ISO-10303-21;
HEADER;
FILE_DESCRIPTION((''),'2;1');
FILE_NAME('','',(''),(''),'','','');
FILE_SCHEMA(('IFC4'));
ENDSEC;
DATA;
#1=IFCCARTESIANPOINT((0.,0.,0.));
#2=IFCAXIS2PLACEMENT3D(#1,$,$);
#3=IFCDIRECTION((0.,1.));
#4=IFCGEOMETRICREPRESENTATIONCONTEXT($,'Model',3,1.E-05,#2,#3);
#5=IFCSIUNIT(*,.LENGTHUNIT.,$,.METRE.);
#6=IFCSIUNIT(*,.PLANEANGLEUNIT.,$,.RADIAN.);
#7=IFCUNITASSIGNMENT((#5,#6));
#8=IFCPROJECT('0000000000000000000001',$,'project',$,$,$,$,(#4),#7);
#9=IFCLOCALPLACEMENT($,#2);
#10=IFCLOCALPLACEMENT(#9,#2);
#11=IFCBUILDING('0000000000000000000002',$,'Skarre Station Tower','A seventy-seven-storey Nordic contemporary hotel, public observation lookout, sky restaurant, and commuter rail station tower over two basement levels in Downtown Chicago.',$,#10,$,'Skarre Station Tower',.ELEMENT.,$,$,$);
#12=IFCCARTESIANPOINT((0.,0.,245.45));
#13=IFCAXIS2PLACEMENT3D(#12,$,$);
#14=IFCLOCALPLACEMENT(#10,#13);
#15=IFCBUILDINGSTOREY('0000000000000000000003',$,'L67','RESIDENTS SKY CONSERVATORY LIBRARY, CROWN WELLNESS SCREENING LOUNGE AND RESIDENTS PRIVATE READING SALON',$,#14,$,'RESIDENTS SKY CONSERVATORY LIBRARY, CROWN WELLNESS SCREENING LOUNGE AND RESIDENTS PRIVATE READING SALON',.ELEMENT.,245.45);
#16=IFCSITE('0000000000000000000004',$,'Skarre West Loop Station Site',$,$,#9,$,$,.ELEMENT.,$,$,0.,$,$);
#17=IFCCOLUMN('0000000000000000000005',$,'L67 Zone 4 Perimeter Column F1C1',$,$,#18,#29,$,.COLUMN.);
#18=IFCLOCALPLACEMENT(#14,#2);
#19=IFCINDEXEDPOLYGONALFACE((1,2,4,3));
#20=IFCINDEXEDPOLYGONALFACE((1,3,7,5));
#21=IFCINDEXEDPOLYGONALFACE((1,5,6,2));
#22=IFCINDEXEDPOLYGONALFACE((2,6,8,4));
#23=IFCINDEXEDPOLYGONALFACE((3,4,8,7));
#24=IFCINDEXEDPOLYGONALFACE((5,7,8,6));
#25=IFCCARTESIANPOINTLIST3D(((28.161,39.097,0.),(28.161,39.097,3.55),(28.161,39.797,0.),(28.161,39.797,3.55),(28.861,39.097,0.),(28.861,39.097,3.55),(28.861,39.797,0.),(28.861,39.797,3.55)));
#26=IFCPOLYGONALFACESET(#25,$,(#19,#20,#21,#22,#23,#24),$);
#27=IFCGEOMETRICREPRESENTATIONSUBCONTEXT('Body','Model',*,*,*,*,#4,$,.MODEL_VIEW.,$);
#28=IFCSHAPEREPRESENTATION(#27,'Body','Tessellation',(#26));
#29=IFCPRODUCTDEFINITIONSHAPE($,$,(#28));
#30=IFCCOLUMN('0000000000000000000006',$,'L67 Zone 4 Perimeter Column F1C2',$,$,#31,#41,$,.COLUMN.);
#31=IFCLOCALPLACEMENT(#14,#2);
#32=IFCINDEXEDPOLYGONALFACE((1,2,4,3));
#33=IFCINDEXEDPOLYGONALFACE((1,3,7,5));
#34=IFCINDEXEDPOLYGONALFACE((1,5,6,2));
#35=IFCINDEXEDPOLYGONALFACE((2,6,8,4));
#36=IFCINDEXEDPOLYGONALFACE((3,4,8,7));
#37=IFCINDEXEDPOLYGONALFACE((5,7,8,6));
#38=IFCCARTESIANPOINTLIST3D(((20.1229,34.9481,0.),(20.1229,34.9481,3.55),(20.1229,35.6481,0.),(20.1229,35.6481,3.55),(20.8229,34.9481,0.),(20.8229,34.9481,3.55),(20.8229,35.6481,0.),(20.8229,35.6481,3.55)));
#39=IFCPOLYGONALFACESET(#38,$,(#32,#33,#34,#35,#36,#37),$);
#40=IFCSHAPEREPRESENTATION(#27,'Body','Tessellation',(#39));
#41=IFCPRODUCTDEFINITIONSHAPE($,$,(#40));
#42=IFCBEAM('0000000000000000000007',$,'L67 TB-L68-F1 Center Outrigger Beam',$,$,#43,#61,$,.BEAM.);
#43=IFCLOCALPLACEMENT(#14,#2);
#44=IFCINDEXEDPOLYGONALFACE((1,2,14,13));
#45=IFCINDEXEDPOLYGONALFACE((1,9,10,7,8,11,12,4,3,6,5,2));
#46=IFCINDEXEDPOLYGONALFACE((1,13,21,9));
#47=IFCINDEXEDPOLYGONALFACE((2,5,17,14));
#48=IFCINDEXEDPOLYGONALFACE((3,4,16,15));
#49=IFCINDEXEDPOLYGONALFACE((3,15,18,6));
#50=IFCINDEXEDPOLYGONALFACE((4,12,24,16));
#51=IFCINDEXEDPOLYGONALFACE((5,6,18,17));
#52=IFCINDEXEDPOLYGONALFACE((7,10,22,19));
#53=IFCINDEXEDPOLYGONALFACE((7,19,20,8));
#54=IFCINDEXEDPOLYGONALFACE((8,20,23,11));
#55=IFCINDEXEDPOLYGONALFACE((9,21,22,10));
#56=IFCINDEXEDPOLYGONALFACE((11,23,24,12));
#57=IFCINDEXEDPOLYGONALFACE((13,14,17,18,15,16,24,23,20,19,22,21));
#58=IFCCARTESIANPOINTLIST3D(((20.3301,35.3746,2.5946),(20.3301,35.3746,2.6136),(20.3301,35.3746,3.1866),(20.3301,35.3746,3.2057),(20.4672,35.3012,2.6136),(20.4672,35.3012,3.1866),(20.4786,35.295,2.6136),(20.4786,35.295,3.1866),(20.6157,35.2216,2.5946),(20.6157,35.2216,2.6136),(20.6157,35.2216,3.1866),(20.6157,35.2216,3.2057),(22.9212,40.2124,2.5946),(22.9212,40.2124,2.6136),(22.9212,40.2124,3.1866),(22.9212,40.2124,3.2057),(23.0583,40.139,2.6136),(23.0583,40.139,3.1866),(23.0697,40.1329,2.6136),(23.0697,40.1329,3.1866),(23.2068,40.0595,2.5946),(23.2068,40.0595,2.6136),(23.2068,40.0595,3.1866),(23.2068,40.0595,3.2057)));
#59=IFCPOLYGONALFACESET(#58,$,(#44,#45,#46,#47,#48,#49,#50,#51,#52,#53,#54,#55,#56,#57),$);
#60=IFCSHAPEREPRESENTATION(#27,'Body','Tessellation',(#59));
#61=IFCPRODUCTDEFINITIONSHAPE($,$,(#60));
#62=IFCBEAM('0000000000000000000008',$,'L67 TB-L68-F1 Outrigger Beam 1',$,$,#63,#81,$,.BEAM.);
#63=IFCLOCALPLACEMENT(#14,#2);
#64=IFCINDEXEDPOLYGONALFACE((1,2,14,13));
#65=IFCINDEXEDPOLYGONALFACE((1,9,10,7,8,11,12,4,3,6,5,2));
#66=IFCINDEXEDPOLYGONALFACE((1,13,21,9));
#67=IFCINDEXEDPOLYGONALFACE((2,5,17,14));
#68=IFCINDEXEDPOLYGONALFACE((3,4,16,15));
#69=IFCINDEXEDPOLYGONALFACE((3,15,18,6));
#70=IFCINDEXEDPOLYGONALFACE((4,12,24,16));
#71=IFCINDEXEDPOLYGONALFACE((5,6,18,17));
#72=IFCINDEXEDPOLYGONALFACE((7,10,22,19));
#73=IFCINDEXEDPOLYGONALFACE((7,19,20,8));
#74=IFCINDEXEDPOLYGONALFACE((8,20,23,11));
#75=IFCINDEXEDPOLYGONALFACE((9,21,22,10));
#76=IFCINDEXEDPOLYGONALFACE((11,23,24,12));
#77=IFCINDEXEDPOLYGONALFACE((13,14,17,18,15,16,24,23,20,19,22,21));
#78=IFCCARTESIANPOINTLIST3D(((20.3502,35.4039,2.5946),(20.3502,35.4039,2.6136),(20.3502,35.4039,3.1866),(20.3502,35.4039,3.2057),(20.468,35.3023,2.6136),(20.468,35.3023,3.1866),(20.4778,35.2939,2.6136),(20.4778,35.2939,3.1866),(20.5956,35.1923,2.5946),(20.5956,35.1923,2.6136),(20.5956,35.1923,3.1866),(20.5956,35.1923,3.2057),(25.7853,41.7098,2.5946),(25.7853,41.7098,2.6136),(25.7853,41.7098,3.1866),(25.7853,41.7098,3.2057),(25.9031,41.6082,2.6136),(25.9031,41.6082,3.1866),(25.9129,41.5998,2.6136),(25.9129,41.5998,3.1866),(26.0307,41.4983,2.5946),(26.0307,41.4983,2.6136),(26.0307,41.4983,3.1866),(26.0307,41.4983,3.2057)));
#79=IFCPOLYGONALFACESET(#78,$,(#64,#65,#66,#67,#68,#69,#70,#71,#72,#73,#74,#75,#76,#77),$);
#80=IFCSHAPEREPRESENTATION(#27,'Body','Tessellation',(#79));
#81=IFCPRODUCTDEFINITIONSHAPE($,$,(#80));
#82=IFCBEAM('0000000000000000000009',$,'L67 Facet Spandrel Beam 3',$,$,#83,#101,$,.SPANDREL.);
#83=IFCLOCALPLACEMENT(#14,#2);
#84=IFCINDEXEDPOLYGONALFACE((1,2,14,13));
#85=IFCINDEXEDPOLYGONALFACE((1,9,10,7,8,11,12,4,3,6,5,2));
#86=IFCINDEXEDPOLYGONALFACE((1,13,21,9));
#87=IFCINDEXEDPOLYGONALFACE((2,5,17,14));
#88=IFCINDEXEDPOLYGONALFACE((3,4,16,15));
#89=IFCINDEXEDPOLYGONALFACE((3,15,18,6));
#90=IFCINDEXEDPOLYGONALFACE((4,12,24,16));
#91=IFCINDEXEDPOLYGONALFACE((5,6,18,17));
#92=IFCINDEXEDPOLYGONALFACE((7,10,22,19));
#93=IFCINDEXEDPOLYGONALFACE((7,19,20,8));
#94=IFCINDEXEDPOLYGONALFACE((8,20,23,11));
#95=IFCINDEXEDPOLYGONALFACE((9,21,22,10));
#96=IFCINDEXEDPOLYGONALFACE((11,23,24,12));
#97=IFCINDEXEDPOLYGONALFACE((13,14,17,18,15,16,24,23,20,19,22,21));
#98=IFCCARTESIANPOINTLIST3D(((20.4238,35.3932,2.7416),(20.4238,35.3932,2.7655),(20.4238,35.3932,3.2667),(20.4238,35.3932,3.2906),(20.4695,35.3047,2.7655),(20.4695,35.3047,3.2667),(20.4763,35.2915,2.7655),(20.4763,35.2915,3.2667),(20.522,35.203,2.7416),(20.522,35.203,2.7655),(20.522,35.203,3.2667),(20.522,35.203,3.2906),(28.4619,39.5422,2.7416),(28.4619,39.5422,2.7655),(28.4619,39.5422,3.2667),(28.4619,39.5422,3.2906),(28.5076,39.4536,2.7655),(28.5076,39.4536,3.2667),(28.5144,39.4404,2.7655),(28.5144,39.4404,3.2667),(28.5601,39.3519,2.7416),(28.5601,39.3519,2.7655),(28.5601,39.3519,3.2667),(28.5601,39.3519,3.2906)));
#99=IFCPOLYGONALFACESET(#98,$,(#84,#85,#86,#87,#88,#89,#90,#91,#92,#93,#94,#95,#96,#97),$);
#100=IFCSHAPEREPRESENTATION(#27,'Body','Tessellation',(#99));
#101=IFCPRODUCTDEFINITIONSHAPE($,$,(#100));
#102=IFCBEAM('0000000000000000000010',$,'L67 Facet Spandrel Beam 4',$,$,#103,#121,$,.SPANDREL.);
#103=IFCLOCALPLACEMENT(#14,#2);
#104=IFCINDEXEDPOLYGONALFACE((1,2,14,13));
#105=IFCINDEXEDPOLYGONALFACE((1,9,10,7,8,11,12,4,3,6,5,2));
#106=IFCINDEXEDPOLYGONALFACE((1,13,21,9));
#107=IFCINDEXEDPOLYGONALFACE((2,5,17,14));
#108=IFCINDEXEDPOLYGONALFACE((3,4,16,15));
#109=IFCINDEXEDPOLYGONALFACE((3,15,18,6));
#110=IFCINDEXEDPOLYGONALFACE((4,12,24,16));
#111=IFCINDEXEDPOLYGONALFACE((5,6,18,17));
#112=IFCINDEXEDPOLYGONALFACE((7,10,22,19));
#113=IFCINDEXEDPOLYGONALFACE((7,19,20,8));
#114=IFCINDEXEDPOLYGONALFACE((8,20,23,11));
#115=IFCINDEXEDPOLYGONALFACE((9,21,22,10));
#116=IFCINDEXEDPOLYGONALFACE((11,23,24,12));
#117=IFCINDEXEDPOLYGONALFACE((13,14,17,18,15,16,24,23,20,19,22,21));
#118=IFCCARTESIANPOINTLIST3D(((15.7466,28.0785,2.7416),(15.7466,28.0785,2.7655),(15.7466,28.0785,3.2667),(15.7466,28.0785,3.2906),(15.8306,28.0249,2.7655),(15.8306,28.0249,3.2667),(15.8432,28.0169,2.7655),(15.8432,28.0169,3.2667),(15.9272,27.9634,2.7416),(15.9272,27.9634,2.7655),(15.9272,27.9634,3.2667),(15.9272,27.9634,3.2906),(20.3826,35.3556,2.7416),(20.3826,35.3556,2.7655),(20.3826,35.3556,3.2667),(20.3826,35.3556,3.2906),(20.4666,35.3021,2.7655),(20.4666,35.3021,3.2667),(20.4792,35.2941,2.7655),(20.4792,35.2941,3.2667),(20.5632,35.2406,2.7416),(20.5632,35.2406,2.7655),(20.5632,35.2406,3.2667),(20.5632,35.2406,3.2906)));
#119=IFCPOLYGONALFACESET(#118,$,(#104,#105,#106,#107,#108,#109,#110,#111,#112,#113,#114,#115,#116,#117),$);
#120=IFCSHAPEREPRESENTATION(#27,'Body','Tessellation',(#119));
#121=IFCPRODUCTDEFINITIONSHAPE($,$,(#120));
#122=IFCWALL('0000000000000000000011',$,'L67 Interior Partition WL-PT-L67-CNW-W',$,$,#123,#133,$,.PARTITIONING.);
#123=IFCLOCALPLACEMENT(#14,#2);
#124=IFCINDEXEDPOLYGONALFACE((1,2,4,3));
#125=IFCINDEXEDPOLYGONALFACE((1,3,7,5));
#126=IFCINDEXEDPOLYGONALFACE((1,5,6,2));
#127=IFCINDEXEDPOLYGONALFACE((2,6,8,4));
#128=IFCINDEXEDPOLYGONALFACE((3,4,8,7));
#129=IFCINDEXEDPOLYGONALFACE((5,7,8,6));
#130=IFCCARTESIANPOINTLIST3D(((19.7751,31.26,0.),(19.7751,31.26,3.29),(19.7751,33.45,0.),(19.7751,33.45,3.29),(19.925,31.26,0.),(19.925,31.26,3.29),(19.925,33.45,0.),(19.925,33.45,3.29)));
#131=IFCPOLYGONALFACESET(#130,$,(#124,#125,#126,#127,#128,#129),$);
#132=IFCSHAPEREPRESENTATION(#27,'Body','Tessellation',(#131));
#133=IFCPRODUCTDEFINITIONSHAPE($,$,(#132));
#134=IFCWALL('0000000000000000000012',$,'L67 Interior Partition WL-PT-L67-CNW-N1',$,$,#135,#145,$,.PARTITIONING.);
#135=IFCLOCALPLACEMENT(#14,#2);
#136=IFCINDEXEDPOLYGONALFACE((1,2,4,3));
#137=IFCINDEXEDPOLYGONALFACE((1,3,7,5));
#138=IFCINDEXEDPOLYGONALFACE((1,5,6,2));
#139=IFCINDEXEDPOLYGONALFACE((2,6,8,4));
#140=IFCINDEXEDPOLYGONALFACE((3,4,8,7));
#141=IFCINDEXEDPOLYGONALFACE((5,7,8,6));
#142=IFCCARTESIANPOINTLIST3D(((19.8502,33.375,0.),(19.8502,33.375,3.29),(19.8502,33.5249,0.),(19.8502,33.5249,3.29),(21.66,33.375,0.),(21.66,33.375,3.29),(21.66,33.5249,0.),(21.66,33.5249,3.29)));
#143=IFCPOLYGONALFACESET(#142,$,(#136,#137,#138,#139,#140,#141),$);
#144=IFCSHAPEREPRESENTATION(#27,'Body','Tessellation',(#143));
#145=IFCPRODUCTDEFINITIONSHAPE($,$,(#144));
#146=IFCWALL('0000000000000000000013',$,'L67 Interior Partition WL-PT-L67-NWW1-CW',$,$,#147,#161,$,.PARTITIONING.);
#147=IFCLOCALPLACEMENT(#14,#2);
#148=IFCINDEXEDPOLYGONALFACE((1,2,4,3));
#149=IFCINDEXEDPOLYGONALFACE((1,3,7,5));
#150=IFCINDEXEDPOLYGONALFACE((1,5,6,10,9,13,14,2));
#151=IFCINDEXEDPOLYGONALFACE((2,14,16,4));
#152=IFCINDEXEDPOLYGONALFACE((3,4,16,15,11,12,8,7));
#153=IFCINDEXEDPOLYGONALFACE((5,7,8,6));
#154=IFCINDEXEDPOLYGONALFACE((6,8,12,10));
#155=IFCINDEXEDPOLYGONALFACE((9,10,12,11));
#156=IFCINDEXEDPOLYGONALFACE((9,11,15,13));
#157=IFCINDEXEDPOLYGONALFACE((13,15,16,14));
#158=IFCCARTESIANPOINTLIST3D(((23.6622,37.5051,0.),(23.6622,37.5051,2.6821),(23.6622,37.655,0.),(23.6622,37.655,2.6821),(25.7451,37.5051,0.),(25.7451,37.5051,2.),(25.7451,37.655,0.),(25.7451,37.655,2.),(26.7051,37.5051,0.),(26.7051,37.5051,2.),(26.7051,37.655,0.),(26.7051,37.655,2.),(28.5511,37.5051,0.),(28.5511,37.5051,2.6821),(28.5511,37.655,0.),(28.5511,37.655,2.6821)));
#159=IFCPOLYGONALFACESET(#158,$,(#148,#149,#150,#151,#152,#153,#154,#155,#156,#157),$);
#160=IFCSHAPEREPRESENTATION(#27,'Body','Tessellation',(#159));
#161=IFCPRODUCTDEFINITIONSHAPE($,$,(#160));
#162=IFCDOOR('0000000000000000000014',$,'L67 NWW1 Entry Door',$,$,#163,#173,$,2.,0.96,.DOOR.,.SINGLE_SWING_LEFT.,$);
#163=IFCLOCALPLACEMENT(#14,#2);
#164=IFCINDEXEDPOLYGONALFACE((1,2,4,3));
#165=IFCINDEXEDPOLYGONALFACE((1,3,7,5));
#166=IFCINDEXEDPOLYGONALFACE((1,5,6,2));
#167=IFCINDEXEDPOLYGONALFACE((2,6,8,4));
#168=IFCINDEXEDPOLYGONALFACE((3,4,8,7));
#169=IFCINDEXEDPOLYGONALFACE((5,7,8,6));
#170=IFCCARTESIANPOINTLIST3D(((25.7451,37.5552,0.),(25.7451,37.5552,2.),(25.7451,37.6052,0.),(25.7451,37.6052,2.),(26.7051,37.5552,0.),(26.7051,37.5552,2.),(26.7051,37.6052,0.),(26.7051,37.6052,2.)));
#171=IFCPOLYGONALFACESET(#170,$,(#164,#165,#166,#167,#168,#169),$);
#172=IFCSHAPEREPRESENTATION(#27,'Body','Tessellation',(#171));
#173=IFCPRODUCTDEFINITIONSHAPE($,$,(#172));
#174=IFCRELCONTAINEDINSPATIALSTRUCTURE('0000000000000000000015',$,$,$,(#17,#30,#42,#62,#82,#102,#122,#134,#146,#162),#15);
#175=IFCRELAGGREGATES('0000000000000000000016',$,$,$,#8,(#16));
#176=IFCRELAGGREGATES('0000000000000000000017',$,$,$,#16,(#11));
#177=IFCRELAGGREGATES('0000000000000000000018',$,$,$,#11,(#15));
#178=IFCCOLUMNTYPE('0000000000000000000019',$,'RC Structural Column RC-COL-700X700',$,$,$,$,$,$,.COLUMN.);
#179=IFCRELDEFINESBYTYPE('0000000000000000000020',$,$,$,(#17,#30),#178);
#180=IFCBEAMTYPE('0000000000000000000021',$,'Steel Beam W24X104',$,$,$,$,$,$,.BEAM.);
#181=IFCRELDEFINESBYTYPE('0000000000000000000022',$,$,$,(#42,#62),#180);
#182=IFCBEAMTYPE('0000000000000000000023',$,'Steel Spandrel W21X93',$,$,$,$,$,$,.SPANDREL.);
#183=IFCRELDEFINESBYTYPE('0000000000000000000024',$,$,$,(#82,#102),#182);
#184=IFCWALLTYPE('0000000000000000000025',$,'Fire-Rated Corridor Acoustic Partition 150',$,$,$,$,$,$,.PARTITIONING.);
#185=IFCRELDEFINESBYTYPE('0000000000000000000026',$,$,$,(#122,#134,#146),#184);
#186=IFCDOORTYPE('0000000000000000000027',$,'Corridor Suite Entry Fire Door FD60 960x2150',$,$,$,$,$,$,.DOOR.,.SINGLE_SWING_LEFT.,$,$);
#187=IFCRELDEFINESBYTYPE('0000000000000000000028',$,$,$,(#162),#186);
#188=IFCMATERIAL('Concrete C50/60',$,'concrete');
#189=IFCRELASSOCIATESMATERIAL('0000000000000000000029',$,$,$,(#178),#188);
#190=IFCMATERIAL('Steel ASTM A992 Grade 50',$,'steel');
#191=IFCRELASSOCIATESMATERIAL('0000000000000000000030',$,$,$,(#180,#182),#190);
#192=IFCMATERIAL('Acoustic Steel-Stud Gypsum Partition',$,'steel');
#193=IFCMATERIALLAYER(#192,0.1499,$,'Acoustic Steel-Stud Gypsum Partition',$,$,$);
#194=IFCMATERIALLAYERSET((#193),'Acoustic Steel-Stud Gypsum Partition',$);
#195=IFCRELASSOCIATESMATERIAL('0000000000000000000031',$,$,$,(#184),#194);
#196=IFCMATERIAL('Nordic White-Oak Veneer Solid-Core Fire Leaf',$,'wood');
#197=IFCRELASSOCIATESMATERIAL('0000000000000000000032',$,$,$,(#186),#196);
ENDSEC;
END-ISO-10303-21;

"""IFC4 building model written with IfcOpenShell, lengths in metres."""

from ifc_helpers import new_model, si_unit, direction, frame, frame_2d, origin, origin_2d, place, context, subcontext, project, spatial, rectangle, i_section, extrude, material, layer, layer_set, material_profile, profile_set, type_object, element, fill, save


model = new_model("IFC4")

# Units and contexts
model_context = context("Model", 3, precision=1e-05, world=origin(), true_north=direction((0.0, 1.0)))
body_context = subcontext(model_context, "Body", "Model", "MODEL_VIEW")
ifc_project = project(units=[si_unit("LENGTHUNIT", "METRE"), si_unit("PLANEANGLEUNIT", "RADIAN")], contexts=[model_context])

# Site, building, storey
site_placement = place(None, origin())
site = spatial("IfcSite", under=ifc_project, at=site_placement, Name="Skarre West Loop Station Site", CompositionType="ELEMENT", RefElevation=0.0)
building_placement = place(site_placement, origin())
building = spatial("IfcBuilding", under=site, at=building_placement, Name="Skarre Station Tower", Description="A seventy-seven-storey Nordic contemporary hotel, public observation lookout, sky restaurant, and commuter rail station tower over two basement levels in Downtown Chicago.", LongName="Skarre Station Tower", CompositionType="ELEMENT")
storey_placement = place(building_placement, frame((0.0, 0.0, 245.45)))
storey = spatial("IfcBuildingStorey", under=building, at=storey_placement, Name="L67", Description="RESIDENTS SKY CONSERVATORY LIBRARY, CROWN WELLNESS SCREENING LOUNGE AND RESIDENTS PRIVATE READING SALON", LongName="RESIDENTS SKY CONSERVATORY LIBRARY, CROWN WELLNESS SCREENING LOUNGE AND RESIDENTS PRIVATE READING SALON", CompositionType="ELEMENT", Elevation=245.45)

# Columns
ifc_material_1 = material(Name="Concrete C50/60", Category="concrete")
ifc_material_profile_1 = material_profile(ifc_material_1, rectangle(XDim=0.7, YDim=0.7, at=origin_2d()), Name="Concrete C50/60")
ifc_profile_set_1 = profile_set([ifc_material_profile_1], Name="Concrete C50/60")
column_type = type_object("IfcColumnType", Name="RC Structural Column RC-COL-700X700", PredefinedType="COLUMN", material=ifc_profile_set_1)
for number, where, z_axis, x_axis, name in (
    (1, (28.511, 39.447, 0.0), (0.0, 0.0, 1.0), (1.0, 0.0, 0.0), "L67 Zone 4 Perimeter Column F1C1"),
    (2, (20.4729, 35.2981, 0.0), (0.0, 0.0, 1.0), (1.0, 0.0, 0.0), "L67 Zone 4 Perimeter Column F1C2"),
):
    element("IfcColumn", number, at=place(storey_placement, frame(where, z_axis=z_axis, x_axis=x_axis)), inside=storey, type_object=column_type, Name=name, PredefinedType="COLUMN", context=body_context, shape_type="SweptSolid", body=[
        extrude(rectangle(XDim=0.7, YDim=0.7, at=origin_2d()), origin(), (0.0, 0.0, 1.0), 3.55),
    ])

# Beams
ifc_material_2 = material(Name="Steel ASTM A992 Grade 50", Category="steel")
ifc_material_profile_2 = material_profile(ifc_material_2, i_section(OverallWidth=0.324, OverallDepth=0.6111, WebThickness=0.0129, FlangeThickness=0.019, at=origin_2d()), Name="Steel ASTM A992 Grade 50")
ifc_profile_set_2 = profile_set([ifc_material_profile_2], Name="Steel ASTM A992 Grade 50")
beam_type_1 = type_object("IfcBeamType", Name="Steel Beam W24X104", PredefinedType="BEAM", material=ifc_profile_set_2)
beam_1_placement = place(storey_placement, frame((20.4729, 35.2981, 2.9001), z_axis=(0.472128, 0.88153, 0.0), x_axis=(-0.88153, 0.472128, 0.0)))
element("IfcBeam", 3, at=beam_1_placement, inside=storey, type_object=beam_type_1, Name="L67 TB-L68-F1 Center Outrigger Beam", PredefinedType="BEAM", context=body_context, shape_type="SweptSolid", body=[
    extrude(i_section(OverallWidth=0.324, OverallDepth=0.6111, WebThickness=0.0129, FlangeThickness=0.019, at=origin_2d()), origin(), (0.0, 0.0, 1.0), 5.488),
])
beam_2_placement = place(storey_placement, frame((20.4729, 35.2981, 2.9001), z_axis=(0.652866, 0.757473, 0.0), x_axis=(-0.757473, 0.652866, 0.0)))
element("IfcBeam", 4, at=beam_2_placement, inside=storey, type_object=beam_type_1, Name="L67 TB-L68-F1 Outrigger Beam 1", PredefinedType="BEAM", context=body_context, shape_type="SweptSolid", body=[
    extrude(i_section(OverallWidth=0.324, OverallDepth=0.6111, WebThickness=0.0129, FlangeThickness=0.019, at=origin_2d()), origin(), (0.0, 0.0, 1.0), 8.325),
])
ifc_material_profile_3 = material_profile(ifc_material_2, i_section(OverallWidth=0.2141, OverallDepth=0.5491, WebThickness=0.0149, FlangeThickness=0.0239, at=origin_2d()), Name="Steel ASTM A992 Grade 50")
ifc_profile_set_3 = profile_set([ifc_material_profile_3], Name="Steel ASTM A992 Grade 50")
beam_type_2 = type_object("IfcBeamType", Name="Steel Spandrel W21X93", PredefinedType="SPANDREL", material=ifc_profile_set_3)
beam_3_placement = place(storey_placement, frame((28.511, 39.447, 3.0161), z_axis=(-0.88861, -0.458664, 0.0), x_axis=(0.458664, -0.88861, 0.0)))
element("IfcBeam", 5, at=beam_3_placement, inside=storey, type_object=beam_type_2, Name="L67 Facet Spandrel Beam 3", PredefinedType="SPANDREL", context=body_context, shape_type="SweptSolid", body=[
    extrude(i_section(OverallWidth=0.2141, OverallDepth=0.5491, WebThickness=0.0149, FlangeThickness=0.0239, at=origin_2d()), origin(), (0.0, 0.0, 1.0), 9.0457),
])
beam_4_placement = place(storey_placement, frame((20.4729, 35.2981, 3.0161), z_axis=(-0.537297, -0.843393, 0.0), x_axis=(0.843393, -0.537297, 0.0)))
element("IfcBeam", 6, at=beam_4_placement, inside=storey, type_object=beam_type_2, Name="L67 Facet Spandrel Beam 4", PredefinedType="SPANDREL", context=body_context, shape_type="SweptSolid", body=[
    extrude(i_section(OverallWidth=0.2141, OverallDepth=0.5491, WebThickness=0.0149, FlangeThickness=0.0239, at=origin_2d()), origin(), (0.0, 0.0, 1.0), 8.6284),
])

# Walls
ifc_material_3 = material(Name="Acoustic Steel-Stud Gypsum Partition", Category="steel")
ifc_layer_1 = layer(ifc_material_3, 0.1499, Name="Acoustic Steel-Stud Gypsum Partition")
ifc_layer_set_1 = layer_set([ifc_layer_1], Name="Acoustic Steel-Stud Gypsum Partition")
wall_type_1 = type_object("IfcWallType", Name="Fire-Rated Corridor Acoustic Partition 150", PredefinedType="PARTITIONING", material=ifc_layer_set_1)
wall_1_placement = place(storey_placement, frame((19.8501, 33.45, 0.0), z_axis=(0.0, 0.0, 1.0), x_axis=(0.0, -1.0, 0.0)))
element("IfcWall", 7, at=wall_1_placement, inside=storey, type_object=wall_type_1, Name="L67 Interior Partition WL-PT-L67-CNW-W", PredefinedType="PARTITIONING", context=body_context, shape_type="SweptSolid", body=[
    extrude(rectangle(XDim=2.1899, YDim=0.1499, at=frame_2d((1.095, 0.0))), origin(), (0.0, 0.0, 1.0), 3.29),
])
wall_2_placement = place(storey_placement, frame((21.6599, 33.45, 0.0), z_axis=(0.0, 0.0, 1.0), x_axis=(-1.0, 0.0, 0.0)))
element("IfcWall", 8, at=wall_2_placement, inside=storey, type_object=wall_type_1, Name="L67 Interior Partition WL-PT-L67-CNW-N1", PredefinedType="PARTITIONING", context=body_context, shape_type="SweptSolid", body=[
    extrude(rectangle(XDim=1.8098, YDim=0.1499, at=frame_2d((0.9048, 0.0))), origin(), (0.0, 0.0, 1.0), 3.29),
])

# Wall, opening, door
wall_3_placement = place(storey_placement, frame((28.551, 37.5801, 0.0), z_axis=(0.0, 0.0, 1.0), x_axis=(-1.0, 0.0, 0.0)))
wall_3 = element("IfcWall", 9, at=wall_3_placement, inside=storey, type_object=wall_type_1, Name="L67 Interior Partition WL-PT-L67-NWW1-CW", PredefinedType="PARTITIONING", context=body_context, shape_type="SweptSolid", body=[
    extrude(rectangle(XDim=4.8889, YDim=0.1499, at=frame_2d((2.4443, 0.0))), origin(), (0.0, 0.0, 1.0), 2.6821),
])
opening_1_placement = place(wall_3_placement, frame((1.8459, 0.0, 0.0)))
opening_1 = element("IfcOpeningElement", 10, at=opening_1_placement, cuts=wall_3, PredefinedType="OPENING", context=body_context, shape_type="SweptSolid", body=[
    extrude(rectangle(XDim=0.96, YDim=2.0, at=frame_2d((0.48, 1.0))), frame((0.0, 0.085, 0.0), z_axis=(0.0, -1.0, 0.0), x_axis=(1.0, 0.0, 0.0)), (0.0, 0.0, 1.0), 0.1699),
])
ifc_material_4 = material(Name="Nordic White-Oak Veneer Solid-Core Fire Leaf", Category="wood")
door_type_1 = type_object("IfcDoorType", Name="Corridor Suite Entry Fire Door FD60 960x2150", OperationType="SINGLE_SWING_LEFT", PredefinedType="DOOR", material=ifc_material_4)
door_1_placement = place(opening_1_placement, origin())
door_1 = element("IfcDoor", 11, at=door_1_placement, inside=storey, type_object=door_type_1, Name="L67 NWW1 Entry Door", OperationType="SINGLE_SWING_LEFT", OverallHeight=2.0, OverallWidth=0.96, PredefinedType="DOOR", context=body_context, shape_type="SweptSolid", body=[
    extrude(rectangle(XDim=0.96, YDim=2.0, at=frame_2d((0.48, 1.0))), frame((0.0, 0.0249, 0.0), z_axis=(0.0, -1.0, 0.0), x_axis=(1.0, 0.0, 0.0)), (0.0, 0.0, 1.0), 0.05),
])
fill(opening_1, door_1)

save(model, "model.ifc")
